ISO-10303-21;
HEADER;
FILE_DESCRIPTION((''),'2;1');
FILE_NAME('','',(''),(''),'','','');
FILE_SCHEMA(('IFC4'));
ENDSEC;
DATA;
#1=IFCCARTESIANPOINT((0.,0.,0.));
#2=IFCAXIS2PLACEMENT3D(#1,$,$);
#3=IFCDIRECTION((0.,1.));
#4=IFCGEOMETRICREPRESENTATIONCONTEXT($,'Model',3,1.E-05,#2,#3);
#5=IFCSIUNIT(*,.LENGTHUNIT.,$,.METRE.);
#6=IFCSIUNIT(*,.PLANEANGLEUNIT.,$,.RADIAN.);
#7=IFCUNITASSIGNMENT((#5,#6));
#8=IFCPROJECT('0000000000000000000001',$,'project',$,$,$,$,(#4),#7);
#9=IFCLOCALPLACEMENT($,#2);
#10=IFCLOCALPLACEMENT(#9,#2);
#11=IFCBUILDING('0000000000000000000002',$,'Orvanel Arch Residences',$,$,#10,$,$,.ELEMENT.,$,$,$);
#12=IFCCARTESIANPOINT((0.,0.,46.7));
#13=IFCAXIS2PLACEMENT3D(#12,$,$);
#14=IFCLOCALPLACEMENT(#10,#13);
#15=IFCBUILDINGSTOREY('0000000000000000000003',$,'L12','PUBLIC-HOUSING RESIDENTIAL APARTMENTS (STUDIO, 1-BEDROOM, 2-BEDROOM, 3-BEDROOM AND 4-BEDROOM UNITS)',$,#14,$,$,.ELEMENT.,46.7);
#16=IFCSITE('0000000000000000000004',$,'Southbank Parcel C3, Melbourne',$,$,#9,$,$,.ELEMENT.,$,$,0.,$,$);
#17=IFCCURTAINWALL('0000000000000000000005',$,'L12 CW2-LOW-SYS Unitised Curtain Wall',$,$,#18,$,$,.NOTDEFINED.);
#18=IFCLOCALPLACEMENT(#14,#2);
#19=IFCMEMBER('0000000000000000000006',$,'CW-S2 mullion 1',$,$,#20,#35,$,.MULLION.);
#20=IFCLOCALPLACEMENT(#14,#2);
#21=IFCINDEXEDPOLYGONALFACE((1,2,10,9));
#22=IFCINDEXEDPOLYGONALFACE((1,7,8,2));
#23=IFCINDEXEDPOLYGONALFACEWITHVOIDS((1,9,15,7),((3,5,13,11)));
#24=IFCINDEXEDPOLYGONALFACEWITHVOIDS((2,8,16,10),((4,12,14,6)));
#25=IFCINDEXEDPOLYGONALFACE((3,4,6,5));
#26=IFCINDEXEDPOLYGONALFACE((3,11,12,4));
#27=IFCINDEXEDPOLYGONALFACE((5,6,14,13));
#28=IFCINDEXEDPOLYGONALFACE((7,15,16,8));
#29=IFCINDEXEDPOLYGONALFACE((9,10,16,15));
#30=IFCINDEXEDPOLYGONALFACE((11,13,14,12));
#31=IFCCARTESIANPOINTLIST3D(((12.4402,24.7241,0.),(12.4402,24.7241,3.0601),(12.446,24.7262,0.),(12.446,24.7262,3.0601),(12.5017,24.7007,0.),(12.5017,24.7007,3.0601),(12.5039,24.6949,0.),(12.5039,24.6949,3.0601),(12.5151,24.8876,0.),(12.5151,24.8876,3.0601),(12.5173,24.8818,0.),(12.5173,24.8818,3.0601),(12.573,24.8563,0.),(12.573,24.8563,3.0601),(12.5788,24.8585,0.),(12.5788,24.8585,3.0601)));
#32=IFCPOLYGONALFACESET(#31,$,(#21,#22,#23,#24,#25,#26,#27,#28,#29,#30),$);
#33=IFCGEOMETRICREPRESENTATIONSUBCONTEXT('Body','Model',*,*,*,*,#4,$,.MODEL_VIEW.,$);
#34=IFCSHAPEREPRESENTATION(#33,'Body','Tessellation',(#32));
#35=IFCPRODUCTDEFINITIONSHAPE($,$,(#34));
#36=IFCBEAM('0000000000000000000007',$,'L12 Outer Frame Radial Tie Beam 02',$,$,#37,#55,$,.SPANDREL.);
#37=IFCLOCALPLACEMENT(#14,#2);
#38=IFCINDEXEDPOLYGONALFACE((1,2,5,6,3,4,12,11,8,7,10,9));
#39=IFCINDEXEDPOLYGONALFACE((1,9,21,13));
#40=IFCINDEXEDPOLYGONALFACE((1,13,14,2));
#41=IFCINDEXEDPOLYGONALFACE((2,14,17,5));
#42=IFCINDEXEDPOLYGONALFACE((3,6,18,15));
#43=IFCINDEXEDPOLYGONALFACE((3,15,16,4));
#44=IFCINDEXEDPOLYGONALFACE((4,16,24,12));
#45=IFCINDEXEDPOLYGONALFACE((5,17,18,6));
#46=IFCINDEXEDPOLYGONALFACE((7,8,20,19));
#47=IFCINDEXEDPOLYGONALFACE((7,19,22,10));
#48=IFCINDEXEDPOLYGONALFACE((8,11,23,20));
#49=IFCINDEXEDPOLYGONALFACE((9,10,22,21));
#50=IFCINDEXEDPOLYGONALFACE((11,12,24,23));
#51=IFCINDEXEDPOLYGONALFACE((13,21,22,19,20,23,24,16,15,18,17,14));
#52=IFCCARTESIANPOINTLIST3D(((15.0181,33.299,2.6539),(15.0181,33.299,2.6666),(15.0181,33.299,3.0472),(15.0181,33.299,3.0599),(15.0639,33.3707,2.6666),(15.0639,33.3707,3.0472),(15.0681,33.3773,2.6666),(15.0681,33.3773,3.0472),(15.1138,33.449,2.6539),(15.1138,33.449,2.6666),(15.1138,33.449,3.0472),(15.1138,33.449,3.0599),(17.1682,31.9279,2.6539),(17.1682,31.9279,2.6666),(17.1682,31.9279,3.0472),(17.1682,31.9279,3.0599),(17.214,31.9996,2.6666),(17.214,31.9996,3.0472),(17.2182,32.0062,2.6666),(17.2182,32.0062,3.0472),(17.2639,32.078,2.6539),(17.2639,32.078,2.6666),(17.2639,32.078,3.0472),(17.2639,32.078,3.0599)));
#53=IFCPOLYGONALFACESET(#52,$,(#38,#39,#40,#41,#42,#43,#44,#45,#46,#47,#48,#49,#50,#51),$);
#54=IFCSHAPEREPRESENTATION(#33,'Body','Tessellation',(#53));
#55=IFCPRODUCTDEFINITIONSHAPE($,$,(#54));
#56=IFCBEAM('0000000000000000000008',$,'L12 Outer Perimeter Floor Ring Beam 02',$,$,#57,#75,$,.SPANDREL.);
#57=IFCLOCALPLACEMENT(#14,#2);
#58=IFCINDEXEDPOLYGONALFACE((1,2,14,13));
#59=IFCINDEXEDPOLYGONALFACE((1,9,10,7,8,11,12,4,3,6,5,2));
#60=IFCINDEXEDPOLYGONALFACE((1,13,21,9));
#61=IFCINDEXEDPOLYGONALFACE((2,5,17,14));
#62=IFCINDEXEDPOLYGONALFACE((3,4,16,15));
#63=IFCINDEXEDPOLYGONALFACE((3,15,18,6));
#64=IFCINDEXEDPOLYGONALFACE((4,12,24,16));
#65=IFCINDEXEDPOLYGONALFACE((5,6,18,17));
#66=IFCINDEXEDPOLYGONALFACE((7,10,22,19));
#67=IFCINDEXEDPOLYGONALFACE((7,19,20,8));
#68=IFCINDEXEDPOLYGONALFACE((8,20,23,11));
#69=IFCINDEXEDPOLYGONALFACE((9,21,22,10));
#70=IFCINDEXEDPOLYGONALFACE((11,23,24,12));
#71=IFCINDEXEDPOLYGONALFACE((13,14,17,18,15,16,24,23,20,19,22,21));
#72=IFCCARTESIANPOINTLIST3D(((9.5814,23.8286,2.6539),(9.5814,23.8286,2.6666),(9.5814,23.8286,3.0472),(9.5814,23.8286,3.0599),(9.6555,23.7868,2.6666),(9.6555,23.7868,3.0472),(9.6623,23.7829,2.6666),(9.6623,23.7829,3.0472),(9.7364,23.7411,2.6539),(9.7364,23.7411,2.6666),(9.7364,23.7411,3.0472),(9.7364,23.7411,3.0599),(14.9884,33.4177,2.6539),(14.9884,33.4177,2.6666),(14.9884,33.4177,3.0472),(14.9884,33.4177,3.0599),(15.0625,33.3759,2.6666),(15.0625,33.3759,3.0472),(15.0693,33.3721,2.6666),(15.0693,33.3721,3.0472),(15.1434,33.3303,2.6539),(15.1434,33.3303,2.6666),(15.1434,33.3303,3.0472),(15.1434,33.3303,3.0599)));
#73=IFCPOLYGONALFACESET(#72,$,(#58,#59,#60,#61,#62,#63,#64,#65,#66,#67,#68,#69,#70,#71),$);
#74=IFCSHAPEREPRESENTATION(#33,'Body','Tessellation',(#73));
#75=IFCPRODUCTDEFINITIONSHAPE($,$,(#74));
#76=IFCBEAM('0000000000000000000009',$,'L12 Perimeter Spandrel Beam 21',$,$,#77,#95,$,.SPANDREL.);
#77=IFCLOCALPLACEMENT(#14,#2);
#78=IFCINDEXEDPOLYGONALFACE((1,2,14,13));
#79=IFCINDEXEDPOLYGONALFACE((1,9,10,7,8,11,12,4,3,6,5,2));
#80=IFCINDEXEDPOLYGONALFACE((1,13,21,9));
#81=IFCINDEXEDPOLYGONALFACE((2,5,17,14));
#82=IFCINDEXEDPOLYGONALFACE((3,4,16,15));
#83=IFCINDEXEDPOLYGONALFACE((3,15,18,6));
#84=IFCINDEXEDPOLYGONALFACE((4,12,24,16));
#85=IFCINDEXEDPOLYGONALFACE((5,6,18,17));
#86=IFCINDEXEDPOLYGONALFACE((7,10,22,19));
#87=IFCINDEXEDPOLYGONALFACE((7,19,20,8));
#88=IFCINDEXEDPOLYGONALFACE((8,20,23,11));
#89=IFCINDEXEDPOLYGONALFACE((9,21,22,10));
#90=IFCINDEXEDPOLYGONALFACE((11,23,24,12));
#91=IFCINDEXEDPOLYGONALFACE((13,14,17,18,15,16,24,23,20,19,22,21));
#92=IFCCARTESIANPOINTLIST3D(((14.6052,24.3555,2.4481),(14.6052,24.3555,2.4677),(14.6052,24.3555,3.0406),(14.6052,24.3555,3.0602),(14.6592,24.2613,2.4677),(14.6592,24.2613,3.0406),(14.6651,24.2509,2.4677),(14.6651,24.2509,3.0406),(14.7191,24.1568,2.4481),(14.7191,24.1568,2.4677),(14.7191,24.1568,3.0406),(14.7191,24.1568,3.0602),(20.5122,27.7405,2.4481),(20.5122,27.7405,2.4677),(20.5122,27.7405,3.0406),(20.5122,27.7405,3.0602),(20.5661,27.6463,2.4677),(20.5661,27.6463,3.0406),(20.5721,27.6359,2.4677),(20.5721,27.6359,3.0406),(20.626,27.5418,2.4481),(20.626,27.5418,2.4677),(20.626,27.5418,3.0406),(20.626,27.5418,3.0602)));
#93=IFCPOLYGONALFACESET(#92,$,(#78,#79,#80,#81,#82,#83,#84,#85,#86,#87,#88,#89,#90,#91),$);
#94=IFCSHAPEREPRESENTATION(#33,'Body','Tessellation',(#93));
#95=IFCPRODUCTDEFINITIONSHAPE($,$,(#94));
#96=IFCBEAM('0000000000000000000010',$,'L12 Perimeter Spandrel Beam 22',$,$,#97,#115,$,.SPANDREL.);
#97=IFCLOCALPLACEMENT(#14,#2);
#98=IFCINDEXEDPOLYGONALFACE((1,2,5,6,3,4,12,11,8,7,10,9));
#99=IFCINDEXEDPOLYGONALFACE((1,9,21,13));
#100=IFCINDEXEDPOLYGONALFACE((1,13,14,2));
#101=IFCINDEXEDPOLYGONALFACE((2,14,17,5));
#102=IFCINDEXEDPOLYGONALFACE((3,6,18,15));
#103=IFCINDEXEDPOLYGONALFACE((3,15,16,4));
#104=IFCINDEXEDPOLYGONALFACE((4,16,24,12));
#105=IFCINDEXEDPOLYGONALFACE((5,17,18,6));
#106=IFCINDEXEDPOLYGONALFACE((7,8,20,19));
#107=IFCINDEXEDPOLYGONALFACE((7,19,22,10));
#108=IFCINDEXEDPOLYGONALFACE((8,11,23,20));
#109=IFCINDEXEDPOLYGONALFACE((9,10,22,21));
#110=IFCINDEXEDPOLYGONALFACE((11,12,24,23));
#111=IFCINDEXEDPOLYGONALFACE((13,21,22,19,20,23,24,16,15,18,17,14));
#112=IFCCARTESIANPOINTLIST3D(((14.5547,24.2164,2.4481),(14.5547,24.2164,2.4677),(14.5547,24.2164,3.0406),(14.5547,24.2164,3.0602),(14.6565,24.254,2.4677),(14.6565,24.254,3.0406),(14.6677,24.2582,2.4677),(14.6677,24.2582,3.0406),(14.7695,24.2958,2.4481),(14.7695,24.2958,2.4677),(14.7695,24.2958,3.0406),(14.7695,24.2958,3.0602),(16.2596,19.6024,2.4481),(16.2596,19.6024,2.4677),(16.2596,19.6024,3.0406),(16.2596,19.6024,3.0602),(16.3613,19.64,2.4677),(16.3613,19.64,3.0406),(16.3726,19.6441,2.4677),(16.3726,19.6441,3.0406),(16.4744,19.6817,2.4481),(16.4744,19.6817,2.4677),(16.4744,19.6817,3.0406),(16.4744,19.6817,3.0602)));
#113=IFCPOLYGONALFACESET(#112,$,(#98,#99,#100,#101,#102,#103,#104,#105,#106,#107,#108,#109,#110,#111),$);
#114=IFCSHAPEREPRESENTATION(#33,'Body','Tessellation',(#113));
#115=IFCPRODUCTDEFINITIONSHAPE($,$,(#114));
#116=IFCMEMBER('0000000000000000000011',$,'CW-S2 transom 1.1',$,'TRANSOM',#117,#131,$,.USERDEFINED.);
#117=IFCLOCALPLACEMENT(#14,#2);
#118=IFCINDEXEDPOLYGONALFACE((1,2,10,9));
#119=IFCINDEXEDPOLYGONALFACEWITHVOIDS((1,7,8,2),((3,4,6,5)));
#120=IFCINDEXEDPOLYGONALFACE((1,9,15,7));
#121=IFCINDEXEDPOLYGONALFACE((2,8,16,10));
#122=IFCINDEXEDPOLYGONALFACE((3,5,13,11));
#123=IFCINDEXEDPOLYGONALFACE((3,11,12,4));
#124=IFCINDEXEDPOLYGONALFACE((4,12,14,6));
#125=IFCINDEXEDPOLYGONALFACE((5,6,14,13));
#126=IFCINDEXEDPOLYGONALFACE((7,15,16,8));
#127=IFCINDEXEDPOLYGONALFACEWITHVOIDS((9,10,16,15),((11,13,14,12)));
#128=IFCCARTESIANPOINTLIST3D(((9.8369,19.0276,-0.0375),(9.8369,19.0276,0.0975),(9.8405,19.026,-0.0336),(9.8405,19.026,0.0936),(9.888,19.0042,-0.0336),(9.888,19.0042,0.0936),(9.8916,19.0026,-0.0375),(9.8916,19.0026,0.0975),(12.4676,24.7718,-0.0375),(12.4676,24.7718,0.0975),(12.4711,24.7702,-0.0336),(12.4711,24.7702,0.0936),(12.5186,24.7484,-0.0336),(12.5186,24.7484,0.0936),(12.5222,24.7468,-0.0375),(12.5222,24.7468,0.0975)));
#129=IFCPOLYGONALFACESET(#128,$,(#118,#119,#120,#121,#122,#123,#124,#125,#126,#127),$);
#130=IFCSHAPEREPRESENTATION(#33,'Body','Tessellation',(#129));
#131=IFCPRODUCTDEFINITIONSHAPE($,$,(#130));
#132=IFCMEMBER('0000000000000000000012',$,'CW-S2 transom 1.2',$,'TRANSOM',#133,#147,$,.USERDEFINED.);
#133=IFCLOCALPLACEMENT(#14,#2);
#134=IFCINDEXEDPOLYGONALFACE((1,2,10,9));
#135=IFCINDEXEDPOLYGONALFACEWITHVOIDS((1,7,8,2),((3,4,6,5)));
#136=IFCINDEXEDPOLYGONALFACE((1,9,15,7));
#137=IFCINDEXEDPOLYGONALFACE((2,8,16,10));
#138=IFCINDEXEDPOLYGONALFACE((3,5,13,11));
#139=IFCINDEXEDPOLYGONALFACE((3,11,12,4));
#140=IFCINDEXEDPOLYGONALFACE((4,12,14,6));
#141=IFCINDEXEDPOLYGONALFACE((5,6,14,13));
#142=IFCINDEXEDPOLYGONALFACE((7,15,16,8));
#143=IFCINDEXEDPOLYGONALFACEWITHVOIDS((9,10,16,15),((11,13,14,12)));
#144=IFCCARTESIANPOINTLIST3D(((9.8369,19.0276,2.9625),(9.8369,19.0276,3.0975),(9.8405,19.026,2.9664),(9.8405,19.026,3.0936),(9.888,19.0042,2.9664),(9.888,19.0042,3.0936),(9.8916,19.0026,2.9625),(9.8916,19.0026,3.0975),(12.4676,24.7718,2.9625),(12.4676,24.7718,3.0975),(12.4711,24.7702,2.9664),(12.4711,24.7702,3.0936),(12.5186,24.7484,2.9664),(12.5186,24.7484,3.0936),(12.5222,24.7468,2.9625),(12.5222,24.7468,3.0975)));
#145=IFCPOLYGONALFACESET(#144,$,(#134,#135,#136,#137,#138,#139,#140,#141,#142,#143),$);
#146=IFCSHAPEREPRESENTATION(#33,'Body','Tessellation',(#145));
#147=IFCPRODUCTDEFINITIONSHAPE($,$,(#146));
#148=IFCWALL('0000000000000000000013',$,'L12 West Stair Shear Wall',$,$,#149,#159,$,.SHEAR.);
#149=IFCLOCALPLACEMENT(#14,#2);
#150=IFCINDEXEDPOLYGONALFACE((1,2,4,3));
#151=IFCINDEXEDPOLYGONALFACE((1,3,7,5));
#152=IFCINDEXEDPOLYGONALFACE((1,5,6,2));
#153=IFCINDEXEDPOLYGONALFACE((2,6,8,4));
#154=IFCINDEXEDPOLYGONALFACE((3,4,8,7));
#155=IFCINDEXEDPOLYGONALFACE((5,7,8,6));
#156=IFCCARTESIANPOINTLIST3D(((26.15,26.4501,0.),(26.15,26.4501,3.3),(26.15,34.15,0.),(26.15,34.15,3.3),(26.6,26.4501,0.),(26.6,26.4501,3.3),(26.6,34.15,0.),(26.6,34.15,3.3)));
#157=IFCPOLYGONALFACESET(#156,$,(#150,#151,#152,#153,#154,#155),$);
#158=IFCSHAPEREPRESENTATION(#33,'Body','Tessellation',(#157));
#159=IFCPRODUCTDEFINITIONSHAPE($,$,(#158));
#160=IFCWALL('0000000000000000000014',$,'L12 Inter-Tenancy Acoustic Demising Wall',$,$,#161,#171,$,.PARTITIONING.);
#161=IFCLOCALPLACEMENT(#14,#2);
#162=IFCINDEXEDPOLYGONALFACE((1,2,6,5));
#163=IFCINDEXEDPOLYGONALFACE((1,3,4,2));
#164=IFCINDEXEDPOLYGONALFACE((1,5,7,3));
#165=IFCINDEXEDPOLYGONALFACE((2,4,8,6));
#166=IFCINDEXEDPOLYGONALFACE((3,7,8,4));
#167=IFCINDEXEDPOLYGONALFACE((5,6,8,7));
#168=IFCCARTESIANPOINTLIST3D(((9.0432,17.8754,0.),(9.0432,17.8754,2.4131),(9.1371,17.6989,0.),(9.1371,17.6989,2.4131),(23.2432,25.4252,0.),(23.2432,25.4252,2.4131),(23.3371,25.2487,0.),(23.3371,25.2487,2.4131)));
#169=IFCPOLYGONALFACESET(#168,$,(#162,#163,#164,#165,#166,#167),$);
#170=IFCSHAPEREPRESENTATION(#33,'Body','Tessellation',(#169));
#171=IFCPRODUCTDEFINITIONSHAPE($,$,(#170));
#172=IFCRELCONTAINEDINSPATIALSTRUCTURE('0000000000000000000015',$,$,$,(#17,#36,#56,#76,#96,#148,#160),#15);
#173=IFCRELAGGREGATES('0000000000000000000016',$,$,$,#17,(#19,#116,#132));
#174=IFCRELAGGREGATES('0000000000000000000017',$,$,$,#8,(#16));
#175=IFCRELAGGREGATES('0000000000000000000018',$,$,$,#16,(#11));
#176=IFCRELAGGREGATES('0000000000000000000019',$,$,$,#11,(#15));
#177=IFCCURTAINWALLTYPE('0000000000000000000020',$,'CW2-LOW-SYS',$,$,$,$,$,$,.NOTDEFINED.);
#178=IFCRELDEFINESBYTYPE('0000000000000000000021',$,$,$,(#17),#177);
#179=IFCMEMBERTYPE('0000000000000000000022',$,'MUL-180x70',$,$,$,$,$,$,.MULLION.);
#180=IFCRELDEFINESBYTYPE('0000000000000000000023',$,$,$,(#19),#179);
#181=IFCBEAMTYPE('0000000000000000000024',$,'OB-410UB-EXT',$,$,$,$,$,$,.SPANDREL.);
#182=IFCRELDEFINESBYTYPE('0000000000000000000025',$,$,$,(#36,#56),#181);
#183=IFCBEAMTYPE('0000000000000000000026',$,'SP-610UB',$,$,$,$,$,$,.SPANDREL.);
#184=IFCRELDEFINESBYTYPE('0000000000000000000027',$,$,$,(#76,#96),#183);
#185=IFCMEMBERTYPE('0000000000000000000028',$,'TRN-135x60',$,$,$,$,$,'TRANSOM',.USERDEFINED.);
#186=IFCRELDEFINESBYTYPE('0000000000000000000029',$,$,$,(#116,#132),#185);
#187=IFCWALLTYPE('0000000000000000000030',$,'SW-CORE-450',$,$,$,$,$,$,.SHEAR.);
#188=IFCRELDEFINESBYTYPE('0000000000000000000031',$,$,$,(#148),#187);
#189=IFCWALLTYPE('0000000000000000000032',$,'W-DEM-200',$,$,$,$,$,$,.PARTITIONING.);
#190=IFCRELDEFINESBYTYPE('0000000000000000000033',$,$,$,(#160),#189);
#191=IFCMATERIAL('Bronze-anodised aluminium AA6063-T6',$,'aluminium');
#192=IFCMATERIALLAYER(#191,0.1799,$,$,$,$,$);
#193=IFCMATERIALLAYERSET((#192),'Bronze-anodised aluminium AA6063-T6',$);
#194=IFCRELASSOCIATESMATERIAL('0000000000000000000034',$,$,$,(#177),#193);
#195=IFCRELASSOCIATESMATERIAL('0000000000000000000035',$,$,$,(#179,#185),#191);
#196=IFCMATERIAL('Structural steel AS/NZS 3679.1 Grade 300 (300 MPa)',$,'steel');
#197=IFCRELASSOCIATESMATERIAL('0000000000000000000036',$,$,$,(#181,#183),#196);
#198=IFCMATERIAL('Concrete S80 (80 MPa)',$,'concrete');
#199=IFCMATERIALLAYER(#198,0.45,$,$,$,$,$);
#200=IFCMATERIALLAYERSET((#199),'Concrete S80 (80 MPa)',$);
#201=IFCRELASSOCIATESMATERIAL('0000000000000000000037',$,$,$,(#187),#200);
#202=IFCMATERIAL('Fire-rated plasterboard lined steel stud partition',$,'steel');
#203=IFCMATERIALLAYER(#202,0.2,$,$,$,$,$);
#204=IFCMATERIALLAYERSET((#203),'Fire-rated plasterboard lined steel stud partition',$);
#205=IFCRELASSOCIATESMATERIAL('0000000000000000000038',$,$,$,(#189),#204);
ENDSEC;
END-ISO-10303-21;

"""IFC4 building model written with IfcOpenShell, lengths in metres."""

from ifc_helpers import new_model, si_unit, direction, frame, frame_2d, origin, origin_2d, place, context, subcontext, project, spatial, rectangle, hollow_rectangle, i_section, extrude, material, layer, layer_set, material_profile, profile_set, type_object, element, aggregate, save


model = new_model("IFC4")

# Units and contexts
model_context = context("Model", 3, precision=1e-05, world=origin(), true_north=direction((0.0, 1.0)))
body_context = subcontext(model_context, "Body", "Model", "MODEL_VIEW")
ifc_project = project(units=[si_unit("LENGTHUNIT", "METRE"), si_unit("PLANEANGLEUNIT", "RADIAN")], contexts=[model_context])

# Site, building, storey
site_placement = place(None, origin())
site = spatial("IfcSite", under=ifc_project, at=site_placement, Name="Southbank Parcel C3, Melbourne", CompositionType="ELEMENT", RefElevation=0.0)
building_placement = place(site_placement, origin())
building = spatial("IfcBuilding", under=site, at=building_placement, Name="Orvanel Arch Residences", CompositionType="ELEMENT")
storey_placement = place(building_placement, frame((0.0, 0.0, 46.7)))
storey = spatial("IfcBuildingStorey", under=building, at=storey_placement, Name="L12", Description="PUBLIC-HOUSING RESIDENTIAL APARTMENTS (STUDIO, 1-BEDROOM, 2-BEDROOM, 3-BEDROOM AND 4-BEDROOM UNITS)", CompositionType="ELEMENT", Elevation=46.7)

# Shared definitions
ifc_material_1 = material(Name="Structural steel AS/NZS 3679.1 Grade 300 (300 MPa)", Category="steel")

# Curtain wall, member
ifc_material_2 = material(Name="Bronze-anodised aluminium AA6063-T6", Category="aluminium")
ifc_layer_1 = layer(ifc_material_2, 0.1799)
ifc_layer_set_1 = layer_set([ifc_layer_1], Name="Bronze-anodised aluminium AA6063-T6")
curtain_wall_type = type_object("IfcCurtainWallType", Name="CW2-LOW-SYS", PredefinedType="NOTDEFINED", material=ifc_layer_set_1)
curtain_wall_placement = place(storey_placement, origin())
curtain_wall = element("IfcCurtainWall", 1, at=curtain_wall_placement, inside=storey, type_object=curtain_wall_type, Name="L12 CW2-LOW-SYS Unitised Curtain Wall", PredefinedType="NOTDEFINED")
ifc_material_profile_1 = material_profile(ifc_material_2, hollow_rectangle(XDim=0.0701, YDim=0.1799, WallThickness=0.0044, at=origin_2d()), Name="ALU180x70x4.5")
ifc_profile_set_1 = profile_set([ifc_material_profile_1], Name="Bronze-anodised aluminium AA6063-T6")
member_type_1 = type_object("IfcMemberType", Name="MUL-180x70", PredefinedType="MULLION", material=ifc_profile_set_1)
member_1_placement = place(storey_placement, frame((12.5095, 24.7913, 0.0), z_axis=(0.0, 0.0, 1.0), x_axis=(0.909193, -0.416374, 0.0)))
member_1 = element("IfcMember", 2, at=member_1_placement, type_object=member_type_1, Name="CW-S2 mullion 1", PredefinedType="MULLION", context=body_context, shape_type="SweptSolid", body=[
    extrude(hollow_rectangle(XDim=0.0701, YDim=0.1799, WallThickness=0.0044, at=origin_2d()), origin(), (0.0, 0.0, 1.0), 3.0601),
])

# Beams
ifc_material_profile_2 = material_profile(ifc_material_1, i_section(OverallWidth=0.178, OverallDepth=0.406, WebThickness=0.0078, FlangeThickness=0.0127, at=origin_2d()), Name="410UB59.7")
ifc_profile_set_2 = profile_set([ifc_material_profile_2], Name="Structural steel AS/NZS 3679.1 Grade 300 (300 MPa)")
beam_type_1 = type_object("IfcBeamType", Name="OB-410UB-EXT", PredefinedType="SPANDREL", material=ifc_profile_set_2)
beam_1_placement = place(storey_placement, frame((17.2161, 32.0029, 2.8569), z_axis=(-0.84316, 0.537662, 0.0), x_axis=(-0.537662, -0.84316, 0.0)))
element("IfcBeam", 3, at=beam_1_placement, inside=storey, type_object=beam_type_1, Name="L12 Outer Frame Radial Tie Beam 02", PredefinedType="SPANDREL", context=body_context, shape_type="SweptSolid", body=[
    extrude(i_section(OverallWidth=0.178, OverallDepth=0.406, WebThickness=0.0078, FlangeThickness=0.0127, at=origin_2d()), origin(), (0.0, 0.0, 1.0), 2.55),
])
beam_2_placement = place(storey_placement, frame((15.0659, 33.374, 2.8569), z_axis=(-0.491165, -0.871066, 0.0), x_axis=(0.871066, -0.491165, 0.0)))
element("IfcBeam", 4, at=beam_2_placement, inside=storey, type_object=beam_type_1, Name="L12 Outer Perimeter Floor Ring Beam 02", PredefinedType="SPANDREL", context=body_context, shape_type="SweptSolid", body=[
    extrude(i_section(OverallWidth=0.178, OverallDepth=0.406, WebThickness=0.0078, FlangeThickness=0.0127, at=origin_2d()), origin(), (0.0, 0.0, 1.0), 11.0085),
])
ifc_material_profile_3 = material_profile(ifc_material_1, i_section(OverallWidth=0.229, OverallDepth=0.6121, WebThickness=0.012, FlangeThickness=0.0195, at=origin_2d()), Name="610UB125")
ifc_profile_set_3 = profile_set([ifc_material_profile_3], Name="Structural steel AS/NZS 3679.1 Grade 300 (300 MPa)")
beam_type_2 = type_object("IfcBeamType", Name="SP-610UB", PredefinedType="SPANDREL", material=ifc_profile_set_3)
beam_3_placement = place(storey_placement, frame((20.5691, 27.6411, 2.7542), z_axis=(-0.867636, -0.497201, 0.0), x_axis=(0.497201, -0.867636, 0.0)))
element("IfcBeam", 5, at=beam_3_placement, inside=storey, type_object=beam_type_2, Name="L12 Perimeter Spandrel Beam 21", PredefinedType="SPANDREL", context=body_context, shape_type="SweptSolid", body=[
    extrude(i_section(OverallWidth=0.229, OverallDepth=0.6121, WebThickness=0.012, FlangeThickness=0.0195, at=origin_2d()), origin(), (0.0, 0.0, 1.0), 6.8081),
])
beam_4_placement = place(storey_placement, frame((14.6621, 24.2561, 2.7542), z_axis=(0.346588, -0.938017, 0.0), x_axis=(0.938017, 0.346588, 0.0)))
element("IfcBeam", 6, at=beam_4_placement, inside=storey, type_object=beam_type_2, Name="L12 Perimeter Spandrel Beam 22", PredefinedType="SPANDREL", context=body_context, shape_type="SweptSolid", body=[
    extrude(i_section(OverallWidth=0.229, OverallDepth=0.6121, WebThickness=0.012, FlangeThickness=0.0195, at=origin_2d()), origin(), (0.0, 0.0, 1.0), 4.9189),
])

# Members
ifc_material_profile_4 = material_profile(ifc_material_2, hollow_rectangle(XDim=0.0601, YDim=0.135, WallThickness=0.0039, at=origin_2d()), Name="ALU135x60x4")
ifc_profile_set_4 = profile_set([ifc_material_profile_4], Name="Bronze-anodised aluminium AA6063-T6")
member_type_2 = type_object("IfcMemberType", Name="TRN-135x60", ElementType="TRANSOM", PredefinedType="USERDEFINED", material=ifc_profile_set_4)
member_2_placement = place(storey_placement, frame((12.4949, 24.7593, 0.03), z_axis=(-0.416378, -0.909192, 0.0), x_axis=(0.909192, -0.416378, 0.0)))
member_2 = element("IfcMember", 7, at=member_2_placement, type_object=member_type_2, Name="CW-S2 transom 1.1", ObjectType="TRANSOM", PredefinedType="USERDEFINED", context=body_context, shape_type="SweptSolid", body=[
    extrude(hollow_rectangle(XDim=0.0601, YDim=0.135, WallThickness=0.0039, at=origin_2d()), origin(), (0.0, 0.0, 1.0), 6.3179),
])
member_3_placement = place(storey_placement, frame((12.4949, 24.7593, 3.03), z_axis=(-0.416378, -0.909192, 0.0), x_axis=(0.909192, -0.416378, 0.0)))
member_3 = element("IfcMember", 8, at=member_3_placement, type_object=member_type_2, Name="CW-S2 transom 1.2", ObjectType="TRANSOM", PredefinedType="USERDEFINED", context=body_context, shape_type="SweptSolid", body=[
    extrude(hollow_rectangle(XDim=0.0601, YDim=0.135, WallThickness=0.0039, at=origin_2d()), origin(), (0.0, 0.0, 1.0), 6.3179),
])
aggregate(curtain_wall, [member_1, member_2, member_3])

# Shared definitions
ifc_material_3 = material(Name="Concrete S80 (80 MPa)", Category="concrete")
ifc_layer_2 = layer(ifc_material_3, 0.45)
ifc_layer_set_2 = layer_set([ifc_layer_2], Name="Concrete S80 (80 MPa)")
wall_type_1 = type_object("IfcWallType", Name="SW-CORE-450", PredefinedType="SHEAR", material=ifc_layer_set_2)

# Walls
wall_1_placement = place(storey_placement, frame((26.375, 26.45, 0.0), z_axis=(0.0, 0.0, 1.0), x_axis=(0.0, 1.0, 0.0)))
element("IfcWall", 9, at=wall_1_placement, inside=storey, type_object=wall_type_1, Name="L12 West Stair Shear Wall", PredefinedType="SHEAR", context=body_context, shape_type="SweptSolid", body=[
    extrude(rectangle(XDim=7.7, YDim=0.45, at=frame_2d((3.8501, 0.0))), origin(), (0.0, 0.0, 1.0), 3.3),
])
ifc_material_4 = material(Name="Fire-rated plasterboard lined steel stud partition", Category="steel")
ifc_layer_3 = layer(ifc_material_4, 0.2)
ifc_layer_set_3 = layer_set([ifc_layer_3], Name="Fire-rated plasterboard lined steel stud partition")
wall_type_2 = type_object("IfcWallType", Name="W-DEM-200", PredefinedType="PARTITIONING", material=ifc_layer_set_3)
wall_2_placement = place(storey_placement, frame((23.29, 25.3369, 0.0), z_axis=(0.0, 0.0, 1.0), x_axis=(-0.882959, -0.46945, 0.0)))
element("IfcWall", 10, at=wall_2_placement, inside=storey, type_object=wall_type_2, Name="L12 Inter-Tenancy Acoustic Demising Wall", PredefinedType="PARTITIONING", context=body_context, shape_type="SweptSolid", body=[
    extrude(rectangle(XDim=16.0823, YDim=0.2, at=frame_2d((8.041, 0.0))), origin(), (0.0, 0.0, 1.0), 2.4131),
])

save(model, "model.ifc")
